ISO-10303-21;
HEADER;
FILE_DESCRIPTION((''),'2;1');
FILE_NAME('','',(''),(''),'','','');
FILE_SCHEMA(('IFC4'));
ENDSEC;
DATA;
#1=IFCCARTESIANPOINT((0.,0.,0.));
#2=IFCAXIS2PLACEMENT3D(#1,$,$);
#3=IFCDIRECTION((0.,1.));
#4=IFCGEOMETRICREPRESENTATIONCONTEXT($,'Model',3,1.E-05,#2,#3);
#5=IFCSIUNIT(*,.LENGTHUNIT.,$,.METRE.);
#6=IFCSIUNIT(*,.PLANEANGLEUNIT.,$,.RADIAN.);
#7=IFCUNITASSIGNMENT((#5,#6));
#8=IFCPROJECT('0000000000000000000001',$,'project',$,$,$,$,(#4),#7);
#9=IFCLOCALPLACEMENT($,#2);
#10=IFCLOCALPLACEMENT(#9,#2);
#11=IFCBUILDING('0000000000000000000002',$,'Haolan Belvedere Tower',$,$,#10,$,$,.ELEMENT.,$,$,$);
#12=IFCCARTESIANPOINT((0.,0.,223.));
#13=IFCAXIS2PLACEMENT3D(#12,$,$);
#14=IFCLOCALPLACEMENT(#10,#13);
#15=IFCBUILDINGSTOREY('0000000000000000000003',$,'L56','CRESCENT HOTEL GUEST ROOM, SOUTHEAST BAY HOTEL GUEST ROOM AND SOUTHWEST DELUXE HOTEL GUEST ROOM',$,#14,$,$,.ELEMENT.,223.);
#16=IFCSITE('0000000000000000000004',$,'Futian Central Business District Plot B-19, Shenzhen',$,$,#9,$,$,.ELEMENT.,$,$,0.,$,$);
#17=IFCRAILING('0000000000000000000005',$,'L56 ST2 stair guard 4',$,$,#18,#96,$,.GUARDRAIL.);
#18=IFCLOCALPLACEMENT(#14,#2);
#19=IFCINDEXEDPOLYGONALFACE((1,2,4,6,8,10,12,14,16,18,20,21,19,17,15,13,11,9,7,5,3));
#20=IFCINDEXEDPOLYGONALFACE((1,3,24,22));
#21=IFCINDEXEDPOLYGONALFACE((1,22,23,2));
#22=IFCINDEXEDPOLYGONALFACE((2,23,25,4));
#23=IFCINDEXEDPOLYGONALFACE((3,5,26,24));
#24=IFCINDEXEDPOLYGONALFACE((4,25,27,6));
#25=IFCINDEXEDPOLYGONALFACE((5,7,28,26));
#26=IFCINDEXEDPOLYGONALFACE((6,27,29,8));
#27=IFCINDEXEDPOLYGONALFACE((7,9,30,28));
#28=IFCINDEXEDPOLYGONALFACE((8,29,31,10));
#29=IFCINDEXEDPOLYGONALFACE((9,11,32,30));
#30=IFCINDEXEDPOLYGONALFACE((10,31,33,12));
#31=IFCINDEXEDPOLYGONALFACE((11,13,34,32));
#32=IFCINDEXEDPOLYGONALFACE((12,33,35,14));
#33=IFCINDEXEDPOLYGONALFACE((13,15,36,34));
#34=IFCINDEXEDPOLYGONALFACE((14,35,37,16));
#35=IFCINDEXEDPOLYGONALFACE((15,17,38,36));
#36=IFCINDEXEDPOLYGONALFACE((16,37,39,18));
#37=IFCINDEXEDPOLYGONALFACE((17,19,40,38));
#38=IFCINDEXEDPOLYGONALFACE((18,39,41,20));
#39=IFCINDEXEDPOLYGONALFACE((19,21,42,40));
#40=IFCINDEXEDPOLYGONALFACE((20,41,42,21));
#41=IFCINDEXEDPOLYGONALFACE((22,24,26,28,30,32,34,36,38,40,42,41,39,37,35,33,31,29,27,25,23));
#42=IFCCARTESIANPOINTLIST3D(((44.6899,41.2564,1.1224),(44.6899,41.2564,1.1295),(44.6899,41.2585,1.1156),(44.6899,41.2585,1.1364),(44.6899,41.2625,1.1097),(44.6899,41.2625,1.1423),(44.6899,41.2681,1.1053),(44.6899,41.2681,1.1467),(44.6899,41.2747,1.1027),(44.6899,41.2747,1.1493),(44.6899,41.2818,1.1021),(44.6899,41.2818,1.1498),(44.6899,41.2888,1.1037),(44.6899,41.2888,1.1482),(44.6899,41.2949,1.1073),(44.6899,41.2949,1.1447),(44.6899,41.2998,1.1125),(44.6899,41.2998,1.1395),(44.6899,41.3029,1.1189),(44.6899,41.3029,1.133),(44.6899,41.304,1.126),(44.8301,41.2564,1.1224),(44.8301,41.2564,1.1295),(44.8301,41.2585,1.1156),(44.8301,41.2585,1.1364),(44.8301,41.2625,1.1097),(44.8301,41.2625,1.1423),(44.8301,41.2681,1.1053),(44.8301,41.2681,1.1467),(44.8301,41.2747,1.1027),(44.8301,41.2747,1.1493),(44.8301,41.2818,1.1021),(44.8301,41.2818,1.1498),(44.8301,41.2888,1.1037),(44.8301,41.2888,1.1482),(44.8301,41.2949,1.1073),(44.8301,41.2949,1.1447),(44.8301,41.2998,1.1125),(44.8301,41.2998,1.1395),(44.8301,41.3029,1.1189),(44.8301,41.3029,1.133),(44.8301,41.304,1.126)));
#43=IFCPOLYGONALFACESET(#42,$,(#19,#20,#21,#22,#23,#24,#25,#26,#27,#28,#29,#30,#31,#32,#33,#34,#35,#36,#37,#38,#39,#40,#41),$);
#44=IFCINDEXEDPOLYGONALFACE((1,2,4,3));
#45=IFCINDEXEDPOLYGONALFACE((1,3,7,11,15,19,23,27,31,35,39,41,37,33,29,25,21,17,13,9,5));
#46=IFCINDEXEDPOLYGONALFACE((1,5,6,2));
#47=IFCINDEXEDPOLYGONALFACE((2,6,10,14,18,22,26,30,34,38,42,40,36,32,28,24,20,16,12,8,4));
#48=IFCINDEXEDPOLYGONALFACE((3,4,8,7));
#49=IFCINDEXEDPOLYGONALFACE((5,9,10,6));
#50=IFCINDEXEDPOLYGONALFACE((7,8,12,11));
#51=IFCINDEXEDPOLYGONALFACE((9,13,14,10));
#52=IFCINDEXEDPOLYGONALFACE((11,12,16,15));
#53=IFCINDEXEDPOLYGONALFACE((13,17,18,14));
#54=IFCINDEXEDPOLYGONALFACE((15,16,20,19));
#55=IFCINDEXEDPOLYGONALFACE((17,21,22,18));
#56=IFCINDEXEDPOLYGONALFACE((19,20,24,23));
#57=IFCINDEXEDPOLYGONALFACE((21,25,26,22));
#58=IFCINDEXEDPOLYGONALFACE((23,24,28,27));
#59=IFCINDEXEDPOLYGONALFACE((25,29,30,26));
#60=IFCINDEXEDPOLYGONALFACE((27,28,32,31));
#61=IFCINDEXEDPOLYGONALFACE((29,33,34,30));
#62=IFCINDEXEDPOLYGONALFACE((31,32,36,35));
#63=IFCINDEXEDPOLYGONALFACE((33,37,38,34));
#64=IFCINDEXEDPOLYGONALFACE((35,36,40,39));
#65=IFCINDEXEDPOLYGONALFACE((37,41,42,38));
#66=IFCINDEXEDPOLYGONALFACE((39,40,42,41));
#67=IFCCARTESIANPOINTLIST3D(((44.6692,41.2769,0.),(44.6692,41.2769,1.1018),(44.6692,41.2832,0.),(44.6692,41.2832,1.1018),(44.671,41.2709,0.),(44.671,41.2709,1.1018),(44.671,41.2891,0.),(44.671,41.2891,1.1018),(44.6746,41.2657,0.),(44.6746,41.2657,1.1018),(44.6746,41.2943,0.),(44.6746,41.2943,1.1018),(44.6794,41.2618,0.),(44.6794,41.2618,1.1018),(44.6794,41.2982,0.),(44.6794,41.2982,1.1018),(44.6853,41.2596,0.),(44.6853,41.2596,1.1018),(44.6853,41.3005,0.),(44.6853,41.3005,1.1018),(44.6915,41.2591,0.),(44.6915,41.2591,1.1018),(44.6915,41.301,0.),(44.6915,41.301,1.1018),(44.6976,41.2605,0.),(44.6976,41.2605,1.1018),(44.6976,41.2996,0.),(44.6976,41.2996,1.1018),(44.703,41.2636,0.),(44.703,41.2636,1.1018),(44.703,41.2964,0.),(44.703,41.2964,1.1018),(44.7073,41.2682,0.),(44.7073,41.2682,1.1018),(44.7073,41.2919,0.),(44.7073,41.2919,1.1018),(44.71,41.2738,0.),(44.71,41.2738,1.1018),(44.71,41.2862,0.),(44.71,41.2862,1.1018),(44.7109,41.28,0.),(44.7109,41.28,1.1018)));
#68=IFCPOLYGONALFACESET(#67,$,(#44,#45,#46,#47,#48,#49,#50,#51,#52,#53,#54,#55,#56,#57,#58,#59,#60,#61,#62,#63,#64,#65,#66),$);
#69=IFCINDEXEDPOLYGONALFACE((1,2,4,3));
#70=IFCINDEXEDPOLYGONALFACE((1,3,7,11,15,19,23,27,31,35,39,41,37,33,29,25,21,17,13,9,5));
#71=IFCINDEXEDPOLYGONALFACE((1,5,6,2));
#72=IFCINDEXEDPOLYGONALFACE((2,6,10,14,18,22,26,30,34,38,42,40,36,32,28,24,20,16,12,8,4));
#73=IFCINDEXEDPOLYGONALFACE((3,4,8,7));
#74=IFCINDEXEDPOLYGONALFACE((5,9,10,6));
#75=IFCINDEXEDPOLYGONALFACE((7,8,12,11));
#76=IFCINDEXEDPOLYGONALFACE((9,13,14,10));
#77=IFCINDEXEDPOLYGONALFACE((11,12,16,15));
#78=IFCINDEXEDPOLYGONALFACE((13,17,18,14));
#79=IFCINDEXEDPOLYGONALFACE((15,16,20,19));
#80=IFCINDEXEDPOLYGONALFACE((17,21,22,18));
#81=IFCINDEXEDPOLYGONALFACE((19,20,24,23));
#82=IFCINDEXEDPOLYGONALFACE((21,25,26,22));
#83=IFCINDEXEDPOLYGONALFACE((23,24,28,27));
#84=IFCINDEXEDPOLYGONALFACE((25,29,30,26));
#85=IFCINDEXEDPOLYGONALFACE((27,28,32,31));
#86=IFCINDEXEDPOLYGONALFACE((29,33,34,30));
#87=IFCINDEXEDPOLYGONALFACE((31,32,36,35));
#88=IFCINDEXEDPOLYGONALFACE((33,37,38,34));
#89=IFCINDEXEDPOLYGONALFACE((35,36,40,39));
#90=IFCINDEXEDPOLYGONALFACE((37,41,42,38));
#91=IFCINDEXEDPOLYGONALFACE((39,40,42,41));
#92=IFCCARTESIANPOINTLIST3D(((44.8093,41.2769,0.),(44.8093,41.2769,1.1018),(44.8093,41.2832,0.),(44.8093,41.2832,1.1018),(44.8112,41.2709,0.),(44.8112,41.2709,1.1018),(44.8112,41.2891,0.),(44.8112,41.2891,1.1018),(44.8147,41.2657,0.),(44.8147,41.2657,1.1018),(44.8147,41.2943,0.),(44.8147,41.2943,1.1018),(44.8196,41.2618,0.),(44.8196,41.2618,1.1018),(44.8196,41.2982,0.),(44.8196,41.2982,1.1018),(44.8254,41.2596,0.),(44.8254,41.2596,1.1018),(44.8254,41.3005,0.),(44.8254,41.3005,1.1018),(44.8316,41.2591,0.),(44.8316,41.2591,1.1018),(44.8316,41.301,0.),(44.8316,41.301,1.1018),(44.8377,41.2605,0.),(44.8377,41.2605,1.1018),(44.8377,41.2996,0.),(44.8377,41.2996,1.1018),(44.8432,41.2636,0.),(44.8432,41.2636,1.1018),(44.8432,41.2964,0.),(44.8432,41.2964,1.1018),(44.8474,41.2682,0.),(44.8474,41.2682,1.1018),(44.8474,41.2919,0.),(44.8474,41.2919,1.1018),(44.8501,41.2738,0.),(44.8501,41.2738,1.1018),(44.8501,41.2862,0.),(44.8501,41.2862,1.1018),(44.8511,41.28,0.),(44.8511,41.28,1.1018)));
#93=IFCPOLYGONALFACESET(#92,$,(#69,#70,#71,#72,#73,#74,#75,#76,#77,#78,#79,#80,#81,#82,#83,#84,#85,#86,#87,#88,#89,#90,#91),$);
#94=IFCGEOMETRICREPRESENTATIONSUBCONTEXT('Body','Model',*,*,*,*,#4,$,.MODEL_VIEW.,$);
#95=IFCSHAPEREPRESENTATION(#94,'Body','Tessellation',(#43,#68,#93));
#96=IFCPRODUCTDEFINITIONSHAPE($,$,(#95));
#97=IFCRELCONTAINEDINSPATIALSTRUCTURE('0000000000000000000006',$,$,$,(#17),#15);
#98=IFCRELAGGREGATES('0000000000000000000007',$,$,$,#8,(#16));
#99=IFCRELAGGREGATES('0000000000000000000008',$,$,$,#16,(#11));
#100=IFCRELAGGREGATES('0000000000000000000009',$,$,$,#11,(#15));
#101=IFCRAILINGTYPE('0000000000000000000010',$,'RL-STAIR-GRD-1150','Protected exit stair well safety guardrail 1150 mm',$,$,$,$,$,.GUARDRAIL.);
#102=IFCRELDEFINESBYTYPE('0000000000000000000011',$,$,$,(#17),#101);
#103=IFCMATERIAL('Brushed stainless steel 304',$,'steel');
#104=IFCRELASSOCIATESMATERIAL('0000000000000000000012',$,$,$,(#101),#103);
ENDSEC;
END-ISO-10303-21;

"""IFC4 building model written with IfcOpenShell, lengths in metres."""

from ifc_helpers import new_model, si_unit, direction, frame, origin, origin_2d, place, context, subcontext, project, spatial, circle, extrude, material, type_object, element, save


model = new_model("IFC4")

# Units and contexts
model_context = context("Model", 3, precision=1e-05, world=origin(), true_north=direction((0.0, 1.0)))
body_context = subcontext(model_context, "Body", "Model", "MODEL_VIEW")
ifc_project = project(units=[si_unit("LENGTHUNIT", "METRE"), si_unit("PLANEANGLEUNIT", "RADIAN")], contexts=[model_context])

# Site, building, storey
site_placement = place(None, origin())
site = spatial("IfcSite", under=ifc_project, at=site_placement, Name="Futian Central Business District Plot B-19, Shenzhen", CompositionType="ELEMENT", RefElevation=0.0)
building_placement = place(site_placement, origin())
building = spatial("IfcBuilding", under=site, at=building_placement, Name="Haolan Belvedere Tower", CompositionType="ELEMENT")
storey_placement = place(building_placement, frame((0.0, 0.0, 223.0)))
storey = spatial("IfcBuildingStorey", under=building, at=storey_placement, Name="L56", Description="CRESCENT HOTEL GUEST ROOM, SOUTHEAST BAY HOTEL GUEST ROOM AND SOUTHWEST DELUXE HOTEL GUEST ROOM", CompositionType="ELEMENT", Elevation=223.0)

# Railing
ifc_material_1 = material(Name="Brushed stainless steel 304", Category="steel")
railing_type_1 = type_object("IfcRailingType", Name="RL-STAIR-GRD-1150", Description="Protected exit stair well safety guardrail 1150 mm", PredefinedType="GUARDRAIL", material=ifc_material_1)
railing_1_placement = place(storey_placement, frame((44.6899, 41.28, 0.0)))
element("IfcRailing", 1, at=railing_1_placement, inside=storey, type_object=railing_type_1, Name="L56 ST2 stair guard 4", PredefinedType="GUARDRAIL", context=body_context, shape_type="SweptSolid", body=[
    extrude(circle(Radius=0.0239, at=origin_2d()), frame((0.0, 0.0, 1.126), z_axis=(1.0, 0.0, 0.0), x_axis=(0.0, 1.0, 0.0)), (0.0, 0.0, 1.0), 0.1401),
    extrude(circle(Radius=0.021, at=origin_2d()), origin(), (0.0, 0.0, 1.0), 1.1018),
    extrude(circle(Radius=0.021, at=origin_2d()), frame((0.1401, 0.0, 0.0)), (0.0, 0.0, 1.0), 1.1018),
])

save(model, "model.ifc")
